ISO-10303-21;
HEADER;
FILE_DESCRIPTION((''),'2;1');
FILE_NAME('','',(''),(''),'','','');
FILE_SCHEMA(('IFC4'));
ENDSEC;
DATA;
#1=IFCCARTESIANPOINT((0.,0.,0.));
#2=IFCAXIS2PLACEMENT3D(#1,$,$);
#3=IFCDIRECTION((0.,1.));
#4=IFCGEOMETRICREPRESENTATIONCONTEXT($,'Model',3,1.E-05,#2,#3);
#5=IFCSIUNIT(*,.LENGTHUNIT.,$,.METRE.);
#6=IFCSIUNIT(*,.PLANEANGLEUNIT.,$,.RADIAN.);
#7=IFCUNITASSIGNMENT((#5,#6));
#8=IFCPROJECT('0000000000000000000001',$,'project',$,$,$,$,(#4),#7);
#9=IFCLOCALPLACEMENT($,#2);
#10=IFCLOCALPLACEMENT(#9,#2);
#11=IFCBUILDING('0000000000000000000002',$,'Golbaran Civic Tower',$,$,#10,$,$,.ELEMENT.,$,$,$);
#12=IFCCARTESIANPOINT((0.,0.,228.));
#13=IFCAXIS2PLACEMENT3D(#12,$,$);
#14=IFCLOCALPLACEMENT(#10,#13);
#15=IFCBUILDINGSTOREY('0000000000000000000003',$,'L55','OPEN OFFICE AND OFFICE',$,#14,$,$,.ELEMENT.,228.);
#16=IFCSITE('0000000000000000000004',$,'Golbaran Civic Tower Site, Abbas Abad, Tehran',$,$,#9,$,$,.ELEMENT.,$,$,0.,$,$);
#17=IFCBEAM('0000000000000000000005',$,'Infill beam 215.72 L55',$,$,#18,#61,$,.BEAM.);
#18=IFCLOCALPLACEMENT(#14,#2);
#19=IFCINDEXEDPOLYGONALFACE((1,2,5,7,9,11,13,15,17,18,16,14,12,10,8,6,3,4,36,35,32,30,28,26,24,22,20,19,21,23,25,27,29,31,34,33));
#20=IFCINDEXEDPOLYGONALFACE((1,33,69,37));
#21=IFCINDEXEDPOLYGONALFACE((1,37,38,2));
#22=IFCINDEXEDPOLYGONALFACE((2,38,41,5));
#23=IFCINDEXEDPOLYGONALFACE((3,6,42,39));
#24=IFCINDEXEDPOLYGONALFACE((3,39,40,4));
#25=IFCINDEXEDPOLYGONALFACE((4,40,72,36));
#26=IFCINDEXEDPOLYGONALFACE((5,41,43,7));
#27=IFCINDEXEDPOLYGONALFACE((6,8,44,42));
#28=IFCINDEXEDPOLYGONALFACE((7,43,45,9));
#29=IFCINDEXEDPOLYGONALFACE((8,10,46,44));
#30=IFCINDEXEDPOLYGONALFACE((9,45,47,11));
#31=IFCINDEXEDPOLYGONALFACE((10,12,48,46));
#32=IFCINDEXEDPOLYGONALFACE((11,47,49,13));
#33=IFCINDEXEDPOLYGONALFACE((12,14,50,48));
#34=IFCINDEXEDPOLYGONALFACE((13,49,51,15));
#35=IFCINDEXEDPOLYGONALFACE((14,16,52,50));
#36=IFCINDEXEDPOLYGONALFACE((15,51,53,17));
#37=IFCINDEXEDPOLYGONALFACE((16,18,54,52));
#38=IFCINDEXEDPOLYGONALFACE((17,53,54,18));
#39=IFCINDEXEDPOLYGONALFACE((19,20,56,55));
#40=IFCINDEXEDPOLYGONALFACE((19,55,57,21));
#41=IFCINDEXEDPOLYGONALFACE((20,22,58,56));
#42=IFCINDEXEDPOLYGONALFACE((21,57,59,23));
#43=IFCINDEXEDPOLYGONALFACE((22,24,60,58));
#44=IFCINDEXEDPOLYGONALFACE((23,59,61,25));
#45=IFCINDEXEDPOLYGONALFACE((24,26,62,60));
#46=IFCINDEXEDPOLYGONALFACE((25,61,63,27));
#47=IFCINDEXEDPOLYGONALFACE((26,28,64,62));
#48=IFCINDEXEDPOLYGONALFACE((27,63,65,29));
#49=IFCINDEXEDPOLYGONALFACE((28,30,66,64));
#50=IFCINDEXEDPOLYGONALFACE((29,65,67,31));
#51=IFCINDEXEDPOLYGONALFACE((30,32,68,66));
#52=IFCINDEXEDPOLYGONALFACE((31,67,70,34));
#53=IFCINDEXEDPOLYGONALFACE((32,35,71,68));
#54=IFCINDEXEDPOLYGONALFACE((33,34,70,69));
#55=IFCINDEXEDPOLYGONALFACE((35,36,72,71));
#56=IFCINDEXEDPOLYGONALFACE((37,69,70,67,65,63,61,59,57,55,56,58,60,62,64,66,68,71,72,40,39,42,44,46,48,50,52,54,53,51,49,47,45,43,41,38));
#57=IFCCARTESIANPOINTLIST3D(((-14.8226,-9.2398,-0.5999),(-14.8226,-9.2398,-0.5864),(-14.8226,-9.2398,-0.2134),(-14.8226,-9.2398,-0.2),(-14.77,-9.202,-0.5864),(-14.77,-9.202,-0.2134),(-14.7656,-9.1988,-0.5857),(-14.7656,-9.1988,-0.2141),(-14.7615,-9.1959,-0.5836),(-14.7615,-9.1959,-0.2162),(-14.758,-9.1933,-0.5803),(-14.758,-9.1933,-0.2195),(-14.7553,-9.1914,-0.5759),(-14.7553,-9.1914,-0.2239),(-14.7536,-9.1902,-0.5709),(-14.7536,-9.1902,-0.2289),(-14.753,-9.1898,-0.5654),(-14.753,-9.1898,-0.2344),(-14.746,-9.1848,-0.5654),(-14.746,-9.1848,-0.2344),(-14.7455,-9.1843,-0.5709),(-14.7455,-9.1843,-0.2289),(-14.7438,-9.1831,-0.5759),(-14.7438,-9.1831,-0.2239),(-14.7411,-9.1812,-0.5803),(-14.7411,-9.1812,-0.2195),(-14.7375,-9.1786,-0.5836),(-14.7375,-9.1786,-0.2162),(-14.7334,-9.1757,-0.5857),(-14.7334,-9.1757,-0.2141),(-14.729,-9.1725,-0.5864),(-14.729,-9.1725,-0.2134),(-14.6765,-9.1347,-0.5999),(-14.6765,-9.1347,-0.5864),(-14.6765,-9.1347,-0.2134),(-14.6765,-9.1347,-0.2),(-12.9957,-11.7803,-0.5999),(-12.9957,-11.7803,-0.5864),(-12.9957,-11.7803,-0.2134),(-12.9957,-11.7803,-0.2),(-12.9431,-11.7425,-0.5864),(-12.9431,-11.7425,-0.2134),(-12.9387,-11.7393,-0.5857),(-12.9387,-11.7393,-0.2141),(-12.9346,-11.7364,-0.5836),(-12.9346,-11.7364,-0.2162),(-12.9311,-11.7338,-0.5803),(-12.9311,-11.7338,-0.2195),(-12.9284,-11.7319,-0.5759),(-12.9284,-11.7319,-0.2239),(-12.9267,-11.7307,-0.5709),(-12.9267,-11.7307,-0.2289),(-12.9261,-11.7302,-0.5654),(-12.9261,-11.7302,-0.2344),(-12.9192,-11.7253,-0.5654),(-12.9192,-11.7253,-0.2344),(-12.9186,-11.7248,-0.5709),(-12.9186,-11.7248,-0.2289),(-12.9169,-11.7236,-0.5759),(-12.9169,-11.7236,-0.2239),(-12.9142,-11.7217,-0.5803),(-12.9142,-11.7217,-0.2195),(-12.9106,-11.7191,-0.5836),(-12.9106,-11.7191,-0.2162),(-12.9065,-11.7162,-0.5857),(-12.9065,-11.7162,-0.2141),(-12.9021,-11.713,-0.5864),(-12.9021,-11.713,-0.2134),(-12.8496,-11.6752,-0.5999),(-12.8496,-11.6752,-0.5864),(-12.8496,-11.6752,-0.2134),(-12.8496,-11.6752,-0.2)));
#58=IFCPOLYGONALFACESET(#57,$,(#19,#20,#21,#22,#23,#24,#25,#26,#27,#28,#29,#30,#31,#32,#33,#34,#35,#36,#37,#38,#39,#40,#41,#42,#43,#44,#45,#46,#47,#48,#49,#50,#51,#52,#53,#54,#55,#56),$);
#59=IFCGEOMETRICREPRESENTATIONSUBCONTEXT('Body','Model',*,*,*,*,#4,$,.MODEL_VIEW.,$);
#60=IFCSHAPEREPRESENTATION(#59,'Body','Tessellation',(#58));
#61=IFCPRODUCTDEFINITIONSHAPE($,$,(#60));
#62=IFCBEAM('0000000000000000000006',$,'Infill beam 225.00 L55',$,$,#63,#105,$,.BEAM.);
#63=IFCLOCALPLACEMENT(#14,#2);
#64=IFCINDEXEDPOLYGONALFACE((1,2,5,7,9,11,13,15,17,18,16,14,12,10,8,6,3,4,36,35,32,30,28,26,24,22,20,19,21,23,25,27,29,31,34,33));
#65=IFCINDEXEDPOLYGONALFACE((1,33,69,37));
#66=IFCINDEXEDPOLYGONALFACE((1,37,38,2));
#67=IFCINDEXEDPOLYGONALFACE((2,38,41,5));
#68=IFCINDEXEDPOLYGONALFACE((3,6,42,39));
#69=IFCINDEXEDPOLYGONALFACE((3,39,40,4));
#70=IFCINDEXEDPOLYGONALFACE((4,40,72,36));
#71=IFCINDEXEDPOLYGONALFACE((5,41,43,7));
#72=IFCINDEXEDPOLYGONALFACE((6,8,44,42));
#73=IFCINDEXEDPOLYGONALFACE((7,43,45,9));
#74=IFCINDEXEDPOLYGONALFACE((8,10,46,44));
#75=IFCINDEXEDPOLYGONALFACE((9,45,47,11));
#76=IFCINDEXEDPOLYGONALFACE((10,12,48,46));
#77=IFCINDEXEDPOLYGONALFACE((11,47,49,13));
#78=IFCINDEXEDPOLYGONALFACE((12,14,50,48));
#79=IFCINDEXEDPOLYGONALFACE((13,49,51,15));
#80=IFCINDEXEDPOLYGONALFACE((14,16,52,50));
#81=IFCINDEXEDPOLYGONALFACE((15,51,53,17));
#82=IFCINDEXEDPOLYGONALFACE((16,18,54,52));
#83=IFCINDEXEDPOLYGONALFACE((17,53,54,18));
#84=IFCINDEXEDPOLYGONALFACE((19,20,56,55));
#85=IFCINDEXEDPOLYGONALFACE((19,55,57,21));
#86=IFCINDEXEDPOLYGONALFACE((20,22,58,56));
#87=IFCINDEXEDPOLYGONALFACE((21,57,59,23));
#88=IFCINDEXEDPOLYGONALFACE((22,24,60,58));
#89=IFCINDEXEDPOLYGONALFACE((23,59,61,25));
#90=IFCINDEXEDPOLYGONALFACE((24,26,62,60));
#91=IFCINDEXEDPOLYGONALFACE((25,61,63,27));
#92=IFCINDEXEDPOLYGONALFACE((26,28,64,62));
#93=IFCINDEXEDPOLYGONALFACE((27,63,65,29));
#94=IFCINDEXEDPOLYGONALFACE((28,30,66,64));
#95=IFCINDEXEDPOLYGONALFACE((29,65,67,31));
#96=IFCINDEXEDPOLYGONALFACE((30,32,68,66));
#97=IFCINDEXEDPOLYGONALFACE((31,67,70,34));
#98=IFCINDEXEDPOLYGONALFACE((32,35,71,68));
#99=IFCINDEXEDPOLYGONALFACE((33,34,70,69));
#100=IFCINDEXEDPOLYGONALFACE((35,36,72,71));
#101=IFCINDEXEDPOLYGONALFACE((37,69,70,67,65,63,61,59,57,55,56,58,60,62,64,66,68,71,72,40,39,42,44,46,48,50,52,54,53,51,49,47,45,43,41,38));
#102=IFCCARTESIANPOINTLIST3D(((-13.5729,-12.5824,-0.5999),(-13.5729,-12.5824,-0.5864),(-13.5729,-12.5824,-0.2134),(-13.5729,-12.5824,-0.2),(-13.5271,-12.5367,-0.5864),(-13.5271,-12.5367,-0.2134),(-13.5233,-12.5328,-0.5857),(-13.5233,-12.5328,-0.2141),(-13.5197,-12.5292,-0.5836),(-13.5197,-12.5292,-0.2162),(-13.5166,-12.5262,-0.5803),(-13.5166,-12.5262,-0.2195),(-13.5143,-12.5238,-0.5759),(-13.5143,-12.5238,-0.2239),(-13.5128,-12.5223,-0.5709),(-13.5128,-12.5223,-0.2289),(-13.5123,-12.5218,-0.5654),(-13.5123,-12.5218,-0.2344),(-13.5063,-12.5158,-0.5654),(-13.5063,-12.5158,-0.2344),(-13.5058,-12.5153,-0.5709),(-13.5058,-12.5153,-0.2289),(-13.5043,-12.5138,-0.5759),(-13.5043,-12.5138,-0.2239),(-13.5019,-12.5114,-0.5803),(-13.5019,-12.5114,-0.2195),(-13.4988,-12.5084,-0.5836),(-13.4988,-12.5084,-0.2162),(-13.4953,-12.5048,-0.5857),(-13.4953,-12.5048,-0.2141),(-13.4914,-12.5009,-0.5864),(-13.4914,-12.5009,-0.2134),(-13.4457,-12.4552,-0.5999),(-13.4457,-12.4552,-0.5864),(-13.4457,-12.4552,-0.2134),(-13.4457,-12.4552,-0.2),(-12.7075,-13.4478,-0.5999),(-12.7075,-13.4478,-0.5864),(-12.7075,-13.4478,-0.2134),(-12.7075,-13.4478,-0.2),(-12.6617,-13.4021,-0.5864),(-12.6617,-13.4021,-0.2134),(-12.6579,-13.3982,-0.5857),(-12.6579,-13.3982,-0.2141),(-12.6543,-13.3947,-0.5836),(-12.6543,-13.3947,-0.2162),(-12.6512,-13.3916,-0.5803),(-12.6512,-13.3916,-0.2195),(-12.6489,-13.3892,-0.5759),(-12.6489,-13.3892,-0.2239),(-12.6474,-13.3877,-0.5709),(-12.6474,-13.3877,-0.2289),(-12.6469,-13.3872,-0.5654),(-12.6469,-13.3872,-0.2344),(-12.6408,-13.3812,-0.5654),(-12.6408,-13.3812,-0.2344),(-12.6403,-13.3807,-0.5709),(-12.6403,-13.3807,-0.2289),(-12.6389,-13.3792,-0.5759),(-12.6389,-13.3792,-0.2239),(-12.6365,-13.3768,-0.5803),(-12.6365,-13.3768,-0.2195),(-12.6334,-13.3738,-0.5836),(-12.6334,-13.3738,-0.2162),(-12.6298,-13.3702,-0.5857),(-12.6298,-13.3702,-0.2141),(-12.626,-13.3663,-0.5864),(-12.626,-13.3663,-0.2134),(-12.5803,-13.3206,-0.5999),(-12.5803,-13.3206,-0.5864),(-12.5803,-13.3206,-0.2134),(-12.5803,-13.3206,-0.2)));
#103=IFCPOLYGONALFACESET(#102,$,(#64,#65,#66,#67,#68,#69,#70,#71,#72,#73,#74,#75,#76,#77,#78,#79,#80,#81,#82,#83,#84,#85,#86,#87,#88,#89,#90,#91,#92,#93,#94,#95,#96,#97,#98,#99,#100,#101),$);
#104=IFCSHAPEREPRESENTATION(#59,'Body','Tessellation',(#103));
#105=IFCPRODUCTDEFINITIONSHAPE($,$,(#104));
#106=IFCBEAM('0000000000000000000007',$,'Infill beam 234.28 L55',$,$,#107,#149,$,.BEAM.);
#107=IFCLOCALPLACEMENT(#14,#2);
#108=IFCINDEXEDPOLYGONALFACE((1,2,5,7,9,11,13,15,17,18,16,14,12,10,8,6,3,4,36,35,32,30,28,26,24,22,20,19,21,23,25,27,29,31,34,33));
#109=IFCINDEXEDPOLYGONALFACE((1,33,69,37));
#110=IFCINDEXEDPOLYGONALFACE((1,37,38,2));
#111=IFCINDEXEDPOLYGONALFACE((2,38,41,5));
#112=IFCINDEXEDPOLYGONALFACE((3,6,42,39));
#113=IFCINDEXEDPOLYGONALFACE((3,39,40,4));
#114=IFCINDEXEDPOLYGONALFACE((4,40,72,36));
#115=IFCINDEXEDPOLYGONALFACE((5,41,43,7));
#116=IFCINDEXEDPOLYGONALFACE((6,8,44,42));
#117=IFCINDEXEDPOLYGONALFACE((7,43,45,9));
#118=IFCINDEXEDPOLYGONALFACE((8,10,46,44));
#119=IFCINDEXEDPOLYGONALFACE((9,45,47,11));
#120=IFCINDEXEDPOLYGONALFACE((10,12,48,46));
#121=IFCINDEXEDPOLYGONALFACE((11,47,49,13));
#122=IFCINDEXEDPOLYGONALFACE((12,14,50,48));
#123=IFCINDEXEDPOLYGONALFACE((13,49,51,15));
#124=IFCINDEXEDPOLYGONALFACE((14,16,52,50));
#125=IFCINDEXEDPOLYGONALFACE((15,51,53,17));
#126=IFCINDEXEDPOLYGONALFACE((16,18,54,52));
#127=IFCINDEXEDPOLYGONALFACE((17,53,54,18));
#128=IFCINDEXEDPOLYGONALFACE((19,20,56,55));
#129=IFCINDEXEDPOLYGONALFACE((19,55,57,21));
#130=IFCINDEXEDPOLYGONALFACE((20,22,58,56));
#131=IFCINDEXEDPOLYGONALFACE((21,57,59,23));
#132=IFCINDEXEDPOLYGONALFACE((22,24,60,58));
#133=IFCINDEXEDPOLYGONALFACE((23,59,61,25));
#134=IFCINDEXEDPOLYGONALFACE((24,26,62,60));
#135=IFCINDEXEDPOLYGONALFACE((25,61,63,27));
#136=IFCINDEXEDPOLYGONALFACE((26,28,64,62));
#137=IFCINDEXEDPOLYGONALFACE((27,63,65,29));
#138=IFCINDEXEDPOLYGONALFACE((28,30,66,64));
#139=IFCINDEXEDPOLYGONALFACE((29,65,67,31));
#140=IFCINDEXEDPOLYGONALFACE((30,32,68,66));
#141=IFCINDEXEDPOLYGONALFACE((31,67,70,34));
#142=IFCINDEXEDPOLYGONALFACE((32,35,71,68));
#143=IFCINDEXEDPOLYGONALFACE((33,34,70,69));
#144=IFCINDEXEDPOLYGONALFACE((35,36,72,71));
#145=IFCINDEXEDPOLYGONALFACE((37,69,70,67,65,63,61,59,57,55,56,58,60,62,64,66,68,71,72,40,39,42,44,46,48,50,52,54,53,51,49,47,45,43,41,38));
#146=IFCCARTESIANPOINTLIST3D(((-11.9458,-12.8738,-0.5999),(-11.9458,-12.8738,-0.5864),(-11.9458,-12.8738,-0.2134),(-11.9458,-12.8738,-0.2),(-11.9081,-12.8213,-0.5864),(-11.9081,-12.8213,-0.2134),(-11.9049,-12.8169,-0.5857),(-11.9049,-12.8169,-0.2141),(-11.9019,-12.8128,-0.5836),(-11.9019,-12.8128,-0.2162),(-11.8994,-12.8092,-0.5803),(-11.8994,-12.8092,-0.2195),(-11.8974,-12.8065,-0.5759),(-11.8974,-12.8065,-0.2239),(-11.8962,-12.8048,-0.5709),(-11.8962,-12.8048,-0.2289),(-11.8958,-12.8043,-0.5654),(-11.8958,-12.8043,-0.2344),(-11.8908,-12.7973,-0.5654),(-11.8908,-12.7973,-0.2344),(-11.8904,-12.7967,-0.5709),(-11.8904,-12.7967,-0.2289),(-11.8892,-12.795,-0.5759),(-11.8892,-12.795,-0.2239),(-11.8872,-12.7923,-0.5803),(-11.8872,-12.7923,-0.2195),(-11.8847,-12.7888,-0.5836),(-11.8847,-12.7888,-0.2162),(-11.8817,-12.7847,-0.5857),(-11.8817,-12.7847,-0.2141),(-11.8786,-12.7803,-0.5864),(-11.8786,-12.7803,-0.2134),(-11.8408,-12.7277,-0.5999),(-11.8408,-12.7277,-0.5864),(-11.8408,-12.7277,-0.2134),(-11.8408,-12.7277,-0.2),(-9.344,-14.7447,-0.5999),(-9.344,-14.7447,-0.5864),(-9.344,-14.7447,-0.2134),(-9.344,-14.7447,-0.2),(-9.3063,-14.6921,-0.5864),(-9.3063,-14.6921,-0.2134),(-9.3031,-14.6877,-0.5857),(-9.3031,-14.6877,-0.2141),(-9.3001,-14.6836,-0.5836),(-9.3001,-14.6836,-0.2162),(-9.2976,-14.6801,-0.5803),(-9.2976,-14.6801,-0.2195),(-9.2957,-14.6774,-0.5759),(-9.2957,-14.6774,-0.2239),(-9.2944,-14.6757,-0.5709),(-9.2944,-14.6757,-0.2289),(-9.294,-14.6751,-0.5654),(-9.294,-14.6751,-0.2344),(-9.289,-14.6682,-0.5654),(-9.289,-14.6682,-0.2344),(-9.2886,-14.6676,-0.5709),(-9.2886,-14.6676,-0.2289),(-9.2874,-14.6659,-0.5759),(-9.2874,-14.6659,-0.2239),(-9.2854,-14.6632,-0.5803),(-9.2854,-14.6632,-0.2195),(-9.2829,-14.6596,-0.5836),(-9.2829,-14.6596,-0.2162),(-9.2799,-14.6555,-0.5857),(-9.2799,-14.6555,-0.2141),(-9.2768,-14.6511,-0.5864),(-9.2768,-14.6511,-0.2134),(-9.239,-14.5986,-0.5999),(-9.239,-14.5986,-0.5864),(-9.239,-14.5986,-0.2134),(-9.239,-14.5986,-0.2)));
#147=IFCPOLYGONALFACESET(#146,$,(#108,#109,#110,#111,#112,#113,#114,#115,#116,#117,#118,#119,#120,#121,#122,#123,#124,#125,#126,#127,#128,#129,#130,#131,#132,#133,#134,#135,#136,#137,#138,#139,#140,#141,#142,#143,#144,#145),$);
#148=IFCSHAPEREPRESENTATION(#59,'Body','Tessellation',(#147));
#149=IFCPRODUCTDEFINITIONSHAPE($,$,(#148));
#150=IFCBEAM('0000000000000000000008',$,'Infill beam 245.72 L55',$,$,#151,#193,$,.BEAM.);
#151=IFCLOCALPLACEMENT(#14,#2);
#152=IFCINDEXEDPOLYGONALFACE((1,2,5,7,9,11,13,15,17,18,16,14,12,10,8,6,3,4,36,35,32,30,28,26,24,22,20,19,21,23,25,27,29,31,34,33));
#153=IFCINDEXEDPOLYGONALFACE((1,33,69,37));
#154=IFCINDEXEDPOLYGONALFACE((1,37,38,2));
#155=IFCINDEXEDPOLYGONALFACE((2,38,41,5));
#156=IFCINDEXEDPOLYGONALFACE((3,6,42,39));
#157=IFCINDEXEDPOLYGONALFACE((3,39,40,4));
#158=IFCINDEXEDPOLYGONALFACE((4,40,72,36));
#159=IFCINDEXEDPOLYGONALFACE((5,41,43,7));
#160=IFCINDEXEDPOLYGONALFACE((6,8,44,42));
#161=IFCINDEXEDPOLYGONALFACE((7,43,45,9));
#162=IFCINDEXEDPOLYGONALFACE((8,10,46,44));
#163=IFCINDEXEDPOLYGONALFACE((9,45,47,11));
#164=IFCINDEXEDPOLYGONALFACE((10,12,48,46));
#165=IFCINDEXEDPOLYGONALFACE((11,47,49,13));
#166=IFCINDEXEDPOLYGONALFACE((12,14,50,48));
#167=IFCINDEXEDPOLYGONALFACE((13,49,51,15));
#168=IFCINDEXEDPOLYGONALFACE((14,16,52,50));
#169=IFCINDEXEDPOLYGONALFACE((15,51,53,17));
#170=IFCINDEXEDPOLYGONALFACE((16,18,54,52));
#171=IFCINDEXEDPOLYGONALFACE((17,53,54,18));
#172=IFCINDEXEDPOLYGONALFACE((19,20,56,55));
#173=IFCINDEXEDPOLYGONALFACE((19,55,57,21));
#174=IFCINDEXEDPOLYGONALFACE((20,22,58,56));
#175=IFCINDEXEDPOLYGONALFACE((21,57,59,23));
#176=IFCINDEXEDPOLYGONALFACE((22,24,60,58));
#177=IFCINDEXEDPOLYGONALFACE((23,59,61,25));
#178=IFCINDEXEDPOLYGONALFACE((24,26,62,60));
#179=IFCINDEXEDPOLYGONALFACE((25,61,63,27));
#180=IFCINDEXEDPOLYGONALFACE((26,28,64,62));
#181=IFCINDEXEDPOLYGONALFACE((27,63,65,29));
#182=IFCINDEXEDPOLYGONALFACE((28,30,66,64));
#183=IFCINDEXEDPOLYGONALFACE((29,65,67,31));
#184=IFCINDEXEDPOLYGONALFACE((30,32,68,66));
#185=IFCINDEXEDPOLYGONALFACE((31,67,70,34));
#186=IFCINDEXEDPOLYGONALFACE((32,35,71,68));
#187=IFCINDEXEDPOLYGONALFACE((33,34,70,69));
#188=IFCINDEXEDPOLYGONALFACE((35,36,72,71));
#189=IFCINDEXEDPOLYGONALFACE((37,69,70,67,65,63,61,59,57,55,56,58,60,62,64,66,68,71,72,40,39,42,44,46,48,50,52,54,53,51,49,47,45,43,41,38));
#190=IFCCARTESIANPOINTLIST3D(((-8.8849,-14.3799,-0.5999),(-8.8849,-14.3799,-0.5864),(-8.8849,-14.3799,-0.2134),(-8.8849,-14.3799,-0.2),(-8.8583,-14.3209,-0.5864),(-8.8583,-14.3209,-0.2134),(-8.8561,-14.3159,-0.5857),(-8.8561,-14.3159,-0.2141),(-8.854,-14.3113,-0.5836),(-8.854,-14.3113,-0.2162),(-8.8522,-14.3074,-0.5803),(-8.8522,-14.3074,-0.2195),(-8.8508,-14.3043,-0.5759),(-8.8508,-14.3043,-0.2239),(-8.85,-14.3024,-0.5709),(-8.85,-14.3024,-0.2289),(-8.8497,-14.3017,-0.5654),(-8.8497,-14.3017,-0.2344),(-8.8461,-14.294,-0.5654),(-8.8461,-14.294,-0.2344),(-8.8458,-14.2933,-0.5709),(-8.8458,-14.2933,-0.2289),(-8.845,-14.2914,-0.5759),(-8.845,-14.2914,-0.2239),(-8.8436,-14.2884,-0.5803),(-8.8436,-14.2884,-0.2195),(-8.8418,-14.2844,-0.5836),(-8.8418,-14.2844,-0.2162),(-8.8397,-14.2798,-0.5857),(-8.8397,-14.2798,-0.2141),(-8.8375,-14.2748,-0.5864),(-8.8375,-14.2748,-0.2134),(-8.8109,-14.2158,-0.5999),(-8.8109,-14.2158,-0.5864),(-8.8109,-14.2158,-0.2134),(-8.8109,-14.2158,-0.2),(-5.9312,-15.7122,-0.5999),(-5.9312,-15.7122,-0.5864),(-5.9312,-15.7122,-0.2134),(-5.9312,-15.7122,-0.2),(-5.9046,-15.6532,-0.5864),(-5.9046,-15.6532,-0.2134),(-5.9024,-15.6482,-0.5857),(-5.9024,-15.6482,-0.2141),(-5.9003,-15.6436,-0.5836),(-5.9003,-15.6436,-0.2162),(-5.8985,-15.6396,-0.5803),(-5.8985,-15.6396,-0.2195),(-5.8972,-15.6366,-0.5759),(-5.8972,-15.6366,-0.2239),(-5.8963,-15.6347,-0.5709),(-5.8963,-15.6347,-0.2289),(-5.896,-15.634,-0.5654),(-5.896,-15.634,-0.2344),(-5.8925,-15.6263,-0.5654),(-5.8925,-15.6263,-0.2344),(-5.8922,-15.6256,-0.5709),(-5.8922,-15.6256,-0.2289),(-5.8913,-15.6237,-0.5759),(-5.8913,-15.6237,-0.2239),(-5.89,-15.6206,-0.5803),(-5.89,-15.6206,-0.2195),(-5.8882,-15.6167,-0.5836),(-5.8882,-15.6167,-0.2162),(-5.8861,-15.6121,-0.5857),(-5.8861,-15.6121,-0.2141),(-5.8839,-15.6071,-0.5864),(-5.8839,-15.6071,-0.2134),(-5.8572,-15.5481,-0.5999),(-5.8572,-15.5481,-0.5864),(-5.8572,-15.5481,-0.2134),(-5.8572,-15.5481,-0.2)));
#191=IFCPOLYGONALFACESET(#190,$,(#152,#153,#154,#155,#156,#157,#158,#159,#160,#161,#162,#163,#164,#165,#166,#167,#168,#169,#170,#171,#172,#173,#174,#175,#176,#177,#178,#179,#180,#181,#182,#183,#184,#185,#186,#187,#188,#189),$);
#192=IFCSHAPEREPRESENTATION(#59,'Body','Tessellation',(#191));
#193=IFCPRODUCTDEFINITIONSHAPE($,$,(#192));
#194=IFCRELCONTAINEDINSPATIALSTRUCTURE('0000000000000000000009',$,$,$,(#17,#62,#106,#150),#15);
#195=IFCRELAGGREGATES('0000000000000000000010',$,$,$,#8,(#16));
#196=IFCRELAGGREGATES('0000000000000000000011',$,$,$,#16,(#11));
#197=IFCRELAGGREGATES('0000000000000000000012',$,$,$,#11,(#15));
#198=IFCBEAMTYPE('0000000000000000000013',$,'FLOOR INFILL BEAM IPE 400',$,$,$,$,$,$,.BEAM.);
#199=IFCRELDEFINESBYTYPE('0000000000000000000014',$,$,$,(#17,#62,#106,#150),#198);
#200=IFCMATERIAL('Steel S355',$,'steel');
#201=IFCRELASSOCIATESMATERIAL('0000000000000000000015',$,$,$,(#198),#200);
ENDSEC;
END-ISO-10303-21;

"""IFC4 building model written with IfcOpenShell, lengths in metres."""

from ifc_helpers import new_model, si_unit, direction, frame, origin, origin_2d, place, context, subcontext, project, spatial, i_section, extrude, material, material_profile, profile_set, type_object, element, save


model = new_model("IFC4")

# Units and contexts
model_context = context("Model", 3, precision=1e-05, world=origin(), true_north=direction((0.0, 1.0)))
body_context = subcontext(model_context, "Body", "Model", "MODEL_VIEW")
ifc_project = project(units=[si_unit("LENGTHUNIT", "METRE"), si_unit("PLANEANGLEUNIT", "RADIAN")], contexts=[model_context])

# Site, building, storey
site_placement = place(None, origin())
site = spatial("IfcSite", under=ifc_project, at=site_placement, Name="Golbaran Civic Tower Site, Abbas Abad, Tehran", CompositionType="ELEMENT", RefElevation=0.0)
building_placement = place(site_placement, origin())
building = spatial("IfcBuilding", under=site, at=building_placement, Name="Golbaran Civic Tower", CompositionType="ELEMENT")
storey_placement = place(building_placement, frame((0.0, 0.0, 228.0)))
storey = spatial("IfcBuildingStorey", under=building, at=storey_placement, Name="L55", Description="OPEN OFFICE AND OFFICE", CompositionType="ELEMENT", Elevation=228.0)

# Beams
ifc_material_1 = material(Name="Steel S355", Category="steel")
ifc_material_profile_1 = material_profile(ifc_material_1, i_section(OverallWidth=0.1799, OverallDepth=0.3999, WebThickness=0.0085, FlangeThickness=0.0134, FilletRadius=0.021, at=origin_2d()), Name="IPE 400")
ifc_profile_set_1 = profile_set([ifc_material_profile_1], Name="Steel S355")
beam_type_1 = type_object("IfcBeamType", Name="FLOOR INFILL BEAM IPE 400", PredefinedType="BEAM", material=ifc_profile_set_1)
beam_1_placement = place(storey_placement, frame((-14.7495, -9.1873, -0.3999), z_axis=(0.583826, -0.811879, 0.0), x_axis=(0.811879, 0.583826, 0.0)))
element("IfcBeam", 1, at=beam_1_placement, inside=storey, type_object=beam_type_1, Name="Infill beam 215.72 L55", PredefinedType="BEAM", context=body_context, shape_type="SweptSolid", body=[
    extrude(i_section(OverallWidth=0.1799, OverallDepth=0.3999, WebThickness=0.0085, FlangeThickness=0.0134, FilletRadius=0.021, at=origin_2d()), origin(), (0.0, 0.0, 1.0), 3.1292),
])
beam_2_placement = place(storey_placement, frame((-13.5093, -12.5188, -0.3999), z_axis=(0.707107, -0.707107, 0.0), x_axis=(0.707107, 0.707107, 0.0)))
element("IfcBeam", 2, at=beam_2_placement, inside=storey, type_object=beam_type_1, Name="Infill beam 225.00 L55", PredefinedType="BEAM", context=body_context, shape_type="SweptSolid", body=[
    extrude(i_section(OverallWidth=0.1799, OverallDepth=0.3999, WebThickness=0.0085, FlangeThickness=0.0134, FilletRadius=0.021, at=origin_2d()), origin(), (0.0, 0.0, 1.0), 1.2239),
])
beam_3_placement = place(storey_placement, frame((-11.8933, -12.8008, -0.3999), z_axis=(0.811897, -0.583801, 0.0), x_axis=(0.583801, 0.811897, 0.0)))
element("IfcBeam", 3, at=beam_3_placement, inside=storey, type_object=beam_type_1, Name="Infill beam 234.28 L55", PredefinedType="BEAM", context=body_context, shape_type="SweptSolid", body=[
    extrude(i_section(OverallWidth=0.1799, OverallDepth=0.3999, WebThickness=0.0085, FlangeThickness=0.0134, FilletRadius=0.021, at=origin_2d()), origin(), (0.0, 0.0, 1.0), 3.2046),
])
beam_4_placement = place(storey_placement, frame((-8.8479, -14.2979, -0.3999), z_axis=(0.911557, -0.411173, 0.0), x_axis=(0.411173, 0.911557, 0.0)))
element("IfcBeam", 4, at=beam_4_placement, inside=storey, type_object=beam_type_1, Name="Infill beam 245.72 L55", PredefinedType="BEAM", context=body_context, shape_type="SweptSolid", body=[
    extrude(i_section(OverallWidth=0.1799, OverallDepth=0.3999, WebThickness=0.0085, FlangeThickness=0.0134, FilletRadius=0.021, at=origin_2d()), origin(), (0.0, 0.0, 1.0), 3.2402),
])

save(model, "model.ifc")
